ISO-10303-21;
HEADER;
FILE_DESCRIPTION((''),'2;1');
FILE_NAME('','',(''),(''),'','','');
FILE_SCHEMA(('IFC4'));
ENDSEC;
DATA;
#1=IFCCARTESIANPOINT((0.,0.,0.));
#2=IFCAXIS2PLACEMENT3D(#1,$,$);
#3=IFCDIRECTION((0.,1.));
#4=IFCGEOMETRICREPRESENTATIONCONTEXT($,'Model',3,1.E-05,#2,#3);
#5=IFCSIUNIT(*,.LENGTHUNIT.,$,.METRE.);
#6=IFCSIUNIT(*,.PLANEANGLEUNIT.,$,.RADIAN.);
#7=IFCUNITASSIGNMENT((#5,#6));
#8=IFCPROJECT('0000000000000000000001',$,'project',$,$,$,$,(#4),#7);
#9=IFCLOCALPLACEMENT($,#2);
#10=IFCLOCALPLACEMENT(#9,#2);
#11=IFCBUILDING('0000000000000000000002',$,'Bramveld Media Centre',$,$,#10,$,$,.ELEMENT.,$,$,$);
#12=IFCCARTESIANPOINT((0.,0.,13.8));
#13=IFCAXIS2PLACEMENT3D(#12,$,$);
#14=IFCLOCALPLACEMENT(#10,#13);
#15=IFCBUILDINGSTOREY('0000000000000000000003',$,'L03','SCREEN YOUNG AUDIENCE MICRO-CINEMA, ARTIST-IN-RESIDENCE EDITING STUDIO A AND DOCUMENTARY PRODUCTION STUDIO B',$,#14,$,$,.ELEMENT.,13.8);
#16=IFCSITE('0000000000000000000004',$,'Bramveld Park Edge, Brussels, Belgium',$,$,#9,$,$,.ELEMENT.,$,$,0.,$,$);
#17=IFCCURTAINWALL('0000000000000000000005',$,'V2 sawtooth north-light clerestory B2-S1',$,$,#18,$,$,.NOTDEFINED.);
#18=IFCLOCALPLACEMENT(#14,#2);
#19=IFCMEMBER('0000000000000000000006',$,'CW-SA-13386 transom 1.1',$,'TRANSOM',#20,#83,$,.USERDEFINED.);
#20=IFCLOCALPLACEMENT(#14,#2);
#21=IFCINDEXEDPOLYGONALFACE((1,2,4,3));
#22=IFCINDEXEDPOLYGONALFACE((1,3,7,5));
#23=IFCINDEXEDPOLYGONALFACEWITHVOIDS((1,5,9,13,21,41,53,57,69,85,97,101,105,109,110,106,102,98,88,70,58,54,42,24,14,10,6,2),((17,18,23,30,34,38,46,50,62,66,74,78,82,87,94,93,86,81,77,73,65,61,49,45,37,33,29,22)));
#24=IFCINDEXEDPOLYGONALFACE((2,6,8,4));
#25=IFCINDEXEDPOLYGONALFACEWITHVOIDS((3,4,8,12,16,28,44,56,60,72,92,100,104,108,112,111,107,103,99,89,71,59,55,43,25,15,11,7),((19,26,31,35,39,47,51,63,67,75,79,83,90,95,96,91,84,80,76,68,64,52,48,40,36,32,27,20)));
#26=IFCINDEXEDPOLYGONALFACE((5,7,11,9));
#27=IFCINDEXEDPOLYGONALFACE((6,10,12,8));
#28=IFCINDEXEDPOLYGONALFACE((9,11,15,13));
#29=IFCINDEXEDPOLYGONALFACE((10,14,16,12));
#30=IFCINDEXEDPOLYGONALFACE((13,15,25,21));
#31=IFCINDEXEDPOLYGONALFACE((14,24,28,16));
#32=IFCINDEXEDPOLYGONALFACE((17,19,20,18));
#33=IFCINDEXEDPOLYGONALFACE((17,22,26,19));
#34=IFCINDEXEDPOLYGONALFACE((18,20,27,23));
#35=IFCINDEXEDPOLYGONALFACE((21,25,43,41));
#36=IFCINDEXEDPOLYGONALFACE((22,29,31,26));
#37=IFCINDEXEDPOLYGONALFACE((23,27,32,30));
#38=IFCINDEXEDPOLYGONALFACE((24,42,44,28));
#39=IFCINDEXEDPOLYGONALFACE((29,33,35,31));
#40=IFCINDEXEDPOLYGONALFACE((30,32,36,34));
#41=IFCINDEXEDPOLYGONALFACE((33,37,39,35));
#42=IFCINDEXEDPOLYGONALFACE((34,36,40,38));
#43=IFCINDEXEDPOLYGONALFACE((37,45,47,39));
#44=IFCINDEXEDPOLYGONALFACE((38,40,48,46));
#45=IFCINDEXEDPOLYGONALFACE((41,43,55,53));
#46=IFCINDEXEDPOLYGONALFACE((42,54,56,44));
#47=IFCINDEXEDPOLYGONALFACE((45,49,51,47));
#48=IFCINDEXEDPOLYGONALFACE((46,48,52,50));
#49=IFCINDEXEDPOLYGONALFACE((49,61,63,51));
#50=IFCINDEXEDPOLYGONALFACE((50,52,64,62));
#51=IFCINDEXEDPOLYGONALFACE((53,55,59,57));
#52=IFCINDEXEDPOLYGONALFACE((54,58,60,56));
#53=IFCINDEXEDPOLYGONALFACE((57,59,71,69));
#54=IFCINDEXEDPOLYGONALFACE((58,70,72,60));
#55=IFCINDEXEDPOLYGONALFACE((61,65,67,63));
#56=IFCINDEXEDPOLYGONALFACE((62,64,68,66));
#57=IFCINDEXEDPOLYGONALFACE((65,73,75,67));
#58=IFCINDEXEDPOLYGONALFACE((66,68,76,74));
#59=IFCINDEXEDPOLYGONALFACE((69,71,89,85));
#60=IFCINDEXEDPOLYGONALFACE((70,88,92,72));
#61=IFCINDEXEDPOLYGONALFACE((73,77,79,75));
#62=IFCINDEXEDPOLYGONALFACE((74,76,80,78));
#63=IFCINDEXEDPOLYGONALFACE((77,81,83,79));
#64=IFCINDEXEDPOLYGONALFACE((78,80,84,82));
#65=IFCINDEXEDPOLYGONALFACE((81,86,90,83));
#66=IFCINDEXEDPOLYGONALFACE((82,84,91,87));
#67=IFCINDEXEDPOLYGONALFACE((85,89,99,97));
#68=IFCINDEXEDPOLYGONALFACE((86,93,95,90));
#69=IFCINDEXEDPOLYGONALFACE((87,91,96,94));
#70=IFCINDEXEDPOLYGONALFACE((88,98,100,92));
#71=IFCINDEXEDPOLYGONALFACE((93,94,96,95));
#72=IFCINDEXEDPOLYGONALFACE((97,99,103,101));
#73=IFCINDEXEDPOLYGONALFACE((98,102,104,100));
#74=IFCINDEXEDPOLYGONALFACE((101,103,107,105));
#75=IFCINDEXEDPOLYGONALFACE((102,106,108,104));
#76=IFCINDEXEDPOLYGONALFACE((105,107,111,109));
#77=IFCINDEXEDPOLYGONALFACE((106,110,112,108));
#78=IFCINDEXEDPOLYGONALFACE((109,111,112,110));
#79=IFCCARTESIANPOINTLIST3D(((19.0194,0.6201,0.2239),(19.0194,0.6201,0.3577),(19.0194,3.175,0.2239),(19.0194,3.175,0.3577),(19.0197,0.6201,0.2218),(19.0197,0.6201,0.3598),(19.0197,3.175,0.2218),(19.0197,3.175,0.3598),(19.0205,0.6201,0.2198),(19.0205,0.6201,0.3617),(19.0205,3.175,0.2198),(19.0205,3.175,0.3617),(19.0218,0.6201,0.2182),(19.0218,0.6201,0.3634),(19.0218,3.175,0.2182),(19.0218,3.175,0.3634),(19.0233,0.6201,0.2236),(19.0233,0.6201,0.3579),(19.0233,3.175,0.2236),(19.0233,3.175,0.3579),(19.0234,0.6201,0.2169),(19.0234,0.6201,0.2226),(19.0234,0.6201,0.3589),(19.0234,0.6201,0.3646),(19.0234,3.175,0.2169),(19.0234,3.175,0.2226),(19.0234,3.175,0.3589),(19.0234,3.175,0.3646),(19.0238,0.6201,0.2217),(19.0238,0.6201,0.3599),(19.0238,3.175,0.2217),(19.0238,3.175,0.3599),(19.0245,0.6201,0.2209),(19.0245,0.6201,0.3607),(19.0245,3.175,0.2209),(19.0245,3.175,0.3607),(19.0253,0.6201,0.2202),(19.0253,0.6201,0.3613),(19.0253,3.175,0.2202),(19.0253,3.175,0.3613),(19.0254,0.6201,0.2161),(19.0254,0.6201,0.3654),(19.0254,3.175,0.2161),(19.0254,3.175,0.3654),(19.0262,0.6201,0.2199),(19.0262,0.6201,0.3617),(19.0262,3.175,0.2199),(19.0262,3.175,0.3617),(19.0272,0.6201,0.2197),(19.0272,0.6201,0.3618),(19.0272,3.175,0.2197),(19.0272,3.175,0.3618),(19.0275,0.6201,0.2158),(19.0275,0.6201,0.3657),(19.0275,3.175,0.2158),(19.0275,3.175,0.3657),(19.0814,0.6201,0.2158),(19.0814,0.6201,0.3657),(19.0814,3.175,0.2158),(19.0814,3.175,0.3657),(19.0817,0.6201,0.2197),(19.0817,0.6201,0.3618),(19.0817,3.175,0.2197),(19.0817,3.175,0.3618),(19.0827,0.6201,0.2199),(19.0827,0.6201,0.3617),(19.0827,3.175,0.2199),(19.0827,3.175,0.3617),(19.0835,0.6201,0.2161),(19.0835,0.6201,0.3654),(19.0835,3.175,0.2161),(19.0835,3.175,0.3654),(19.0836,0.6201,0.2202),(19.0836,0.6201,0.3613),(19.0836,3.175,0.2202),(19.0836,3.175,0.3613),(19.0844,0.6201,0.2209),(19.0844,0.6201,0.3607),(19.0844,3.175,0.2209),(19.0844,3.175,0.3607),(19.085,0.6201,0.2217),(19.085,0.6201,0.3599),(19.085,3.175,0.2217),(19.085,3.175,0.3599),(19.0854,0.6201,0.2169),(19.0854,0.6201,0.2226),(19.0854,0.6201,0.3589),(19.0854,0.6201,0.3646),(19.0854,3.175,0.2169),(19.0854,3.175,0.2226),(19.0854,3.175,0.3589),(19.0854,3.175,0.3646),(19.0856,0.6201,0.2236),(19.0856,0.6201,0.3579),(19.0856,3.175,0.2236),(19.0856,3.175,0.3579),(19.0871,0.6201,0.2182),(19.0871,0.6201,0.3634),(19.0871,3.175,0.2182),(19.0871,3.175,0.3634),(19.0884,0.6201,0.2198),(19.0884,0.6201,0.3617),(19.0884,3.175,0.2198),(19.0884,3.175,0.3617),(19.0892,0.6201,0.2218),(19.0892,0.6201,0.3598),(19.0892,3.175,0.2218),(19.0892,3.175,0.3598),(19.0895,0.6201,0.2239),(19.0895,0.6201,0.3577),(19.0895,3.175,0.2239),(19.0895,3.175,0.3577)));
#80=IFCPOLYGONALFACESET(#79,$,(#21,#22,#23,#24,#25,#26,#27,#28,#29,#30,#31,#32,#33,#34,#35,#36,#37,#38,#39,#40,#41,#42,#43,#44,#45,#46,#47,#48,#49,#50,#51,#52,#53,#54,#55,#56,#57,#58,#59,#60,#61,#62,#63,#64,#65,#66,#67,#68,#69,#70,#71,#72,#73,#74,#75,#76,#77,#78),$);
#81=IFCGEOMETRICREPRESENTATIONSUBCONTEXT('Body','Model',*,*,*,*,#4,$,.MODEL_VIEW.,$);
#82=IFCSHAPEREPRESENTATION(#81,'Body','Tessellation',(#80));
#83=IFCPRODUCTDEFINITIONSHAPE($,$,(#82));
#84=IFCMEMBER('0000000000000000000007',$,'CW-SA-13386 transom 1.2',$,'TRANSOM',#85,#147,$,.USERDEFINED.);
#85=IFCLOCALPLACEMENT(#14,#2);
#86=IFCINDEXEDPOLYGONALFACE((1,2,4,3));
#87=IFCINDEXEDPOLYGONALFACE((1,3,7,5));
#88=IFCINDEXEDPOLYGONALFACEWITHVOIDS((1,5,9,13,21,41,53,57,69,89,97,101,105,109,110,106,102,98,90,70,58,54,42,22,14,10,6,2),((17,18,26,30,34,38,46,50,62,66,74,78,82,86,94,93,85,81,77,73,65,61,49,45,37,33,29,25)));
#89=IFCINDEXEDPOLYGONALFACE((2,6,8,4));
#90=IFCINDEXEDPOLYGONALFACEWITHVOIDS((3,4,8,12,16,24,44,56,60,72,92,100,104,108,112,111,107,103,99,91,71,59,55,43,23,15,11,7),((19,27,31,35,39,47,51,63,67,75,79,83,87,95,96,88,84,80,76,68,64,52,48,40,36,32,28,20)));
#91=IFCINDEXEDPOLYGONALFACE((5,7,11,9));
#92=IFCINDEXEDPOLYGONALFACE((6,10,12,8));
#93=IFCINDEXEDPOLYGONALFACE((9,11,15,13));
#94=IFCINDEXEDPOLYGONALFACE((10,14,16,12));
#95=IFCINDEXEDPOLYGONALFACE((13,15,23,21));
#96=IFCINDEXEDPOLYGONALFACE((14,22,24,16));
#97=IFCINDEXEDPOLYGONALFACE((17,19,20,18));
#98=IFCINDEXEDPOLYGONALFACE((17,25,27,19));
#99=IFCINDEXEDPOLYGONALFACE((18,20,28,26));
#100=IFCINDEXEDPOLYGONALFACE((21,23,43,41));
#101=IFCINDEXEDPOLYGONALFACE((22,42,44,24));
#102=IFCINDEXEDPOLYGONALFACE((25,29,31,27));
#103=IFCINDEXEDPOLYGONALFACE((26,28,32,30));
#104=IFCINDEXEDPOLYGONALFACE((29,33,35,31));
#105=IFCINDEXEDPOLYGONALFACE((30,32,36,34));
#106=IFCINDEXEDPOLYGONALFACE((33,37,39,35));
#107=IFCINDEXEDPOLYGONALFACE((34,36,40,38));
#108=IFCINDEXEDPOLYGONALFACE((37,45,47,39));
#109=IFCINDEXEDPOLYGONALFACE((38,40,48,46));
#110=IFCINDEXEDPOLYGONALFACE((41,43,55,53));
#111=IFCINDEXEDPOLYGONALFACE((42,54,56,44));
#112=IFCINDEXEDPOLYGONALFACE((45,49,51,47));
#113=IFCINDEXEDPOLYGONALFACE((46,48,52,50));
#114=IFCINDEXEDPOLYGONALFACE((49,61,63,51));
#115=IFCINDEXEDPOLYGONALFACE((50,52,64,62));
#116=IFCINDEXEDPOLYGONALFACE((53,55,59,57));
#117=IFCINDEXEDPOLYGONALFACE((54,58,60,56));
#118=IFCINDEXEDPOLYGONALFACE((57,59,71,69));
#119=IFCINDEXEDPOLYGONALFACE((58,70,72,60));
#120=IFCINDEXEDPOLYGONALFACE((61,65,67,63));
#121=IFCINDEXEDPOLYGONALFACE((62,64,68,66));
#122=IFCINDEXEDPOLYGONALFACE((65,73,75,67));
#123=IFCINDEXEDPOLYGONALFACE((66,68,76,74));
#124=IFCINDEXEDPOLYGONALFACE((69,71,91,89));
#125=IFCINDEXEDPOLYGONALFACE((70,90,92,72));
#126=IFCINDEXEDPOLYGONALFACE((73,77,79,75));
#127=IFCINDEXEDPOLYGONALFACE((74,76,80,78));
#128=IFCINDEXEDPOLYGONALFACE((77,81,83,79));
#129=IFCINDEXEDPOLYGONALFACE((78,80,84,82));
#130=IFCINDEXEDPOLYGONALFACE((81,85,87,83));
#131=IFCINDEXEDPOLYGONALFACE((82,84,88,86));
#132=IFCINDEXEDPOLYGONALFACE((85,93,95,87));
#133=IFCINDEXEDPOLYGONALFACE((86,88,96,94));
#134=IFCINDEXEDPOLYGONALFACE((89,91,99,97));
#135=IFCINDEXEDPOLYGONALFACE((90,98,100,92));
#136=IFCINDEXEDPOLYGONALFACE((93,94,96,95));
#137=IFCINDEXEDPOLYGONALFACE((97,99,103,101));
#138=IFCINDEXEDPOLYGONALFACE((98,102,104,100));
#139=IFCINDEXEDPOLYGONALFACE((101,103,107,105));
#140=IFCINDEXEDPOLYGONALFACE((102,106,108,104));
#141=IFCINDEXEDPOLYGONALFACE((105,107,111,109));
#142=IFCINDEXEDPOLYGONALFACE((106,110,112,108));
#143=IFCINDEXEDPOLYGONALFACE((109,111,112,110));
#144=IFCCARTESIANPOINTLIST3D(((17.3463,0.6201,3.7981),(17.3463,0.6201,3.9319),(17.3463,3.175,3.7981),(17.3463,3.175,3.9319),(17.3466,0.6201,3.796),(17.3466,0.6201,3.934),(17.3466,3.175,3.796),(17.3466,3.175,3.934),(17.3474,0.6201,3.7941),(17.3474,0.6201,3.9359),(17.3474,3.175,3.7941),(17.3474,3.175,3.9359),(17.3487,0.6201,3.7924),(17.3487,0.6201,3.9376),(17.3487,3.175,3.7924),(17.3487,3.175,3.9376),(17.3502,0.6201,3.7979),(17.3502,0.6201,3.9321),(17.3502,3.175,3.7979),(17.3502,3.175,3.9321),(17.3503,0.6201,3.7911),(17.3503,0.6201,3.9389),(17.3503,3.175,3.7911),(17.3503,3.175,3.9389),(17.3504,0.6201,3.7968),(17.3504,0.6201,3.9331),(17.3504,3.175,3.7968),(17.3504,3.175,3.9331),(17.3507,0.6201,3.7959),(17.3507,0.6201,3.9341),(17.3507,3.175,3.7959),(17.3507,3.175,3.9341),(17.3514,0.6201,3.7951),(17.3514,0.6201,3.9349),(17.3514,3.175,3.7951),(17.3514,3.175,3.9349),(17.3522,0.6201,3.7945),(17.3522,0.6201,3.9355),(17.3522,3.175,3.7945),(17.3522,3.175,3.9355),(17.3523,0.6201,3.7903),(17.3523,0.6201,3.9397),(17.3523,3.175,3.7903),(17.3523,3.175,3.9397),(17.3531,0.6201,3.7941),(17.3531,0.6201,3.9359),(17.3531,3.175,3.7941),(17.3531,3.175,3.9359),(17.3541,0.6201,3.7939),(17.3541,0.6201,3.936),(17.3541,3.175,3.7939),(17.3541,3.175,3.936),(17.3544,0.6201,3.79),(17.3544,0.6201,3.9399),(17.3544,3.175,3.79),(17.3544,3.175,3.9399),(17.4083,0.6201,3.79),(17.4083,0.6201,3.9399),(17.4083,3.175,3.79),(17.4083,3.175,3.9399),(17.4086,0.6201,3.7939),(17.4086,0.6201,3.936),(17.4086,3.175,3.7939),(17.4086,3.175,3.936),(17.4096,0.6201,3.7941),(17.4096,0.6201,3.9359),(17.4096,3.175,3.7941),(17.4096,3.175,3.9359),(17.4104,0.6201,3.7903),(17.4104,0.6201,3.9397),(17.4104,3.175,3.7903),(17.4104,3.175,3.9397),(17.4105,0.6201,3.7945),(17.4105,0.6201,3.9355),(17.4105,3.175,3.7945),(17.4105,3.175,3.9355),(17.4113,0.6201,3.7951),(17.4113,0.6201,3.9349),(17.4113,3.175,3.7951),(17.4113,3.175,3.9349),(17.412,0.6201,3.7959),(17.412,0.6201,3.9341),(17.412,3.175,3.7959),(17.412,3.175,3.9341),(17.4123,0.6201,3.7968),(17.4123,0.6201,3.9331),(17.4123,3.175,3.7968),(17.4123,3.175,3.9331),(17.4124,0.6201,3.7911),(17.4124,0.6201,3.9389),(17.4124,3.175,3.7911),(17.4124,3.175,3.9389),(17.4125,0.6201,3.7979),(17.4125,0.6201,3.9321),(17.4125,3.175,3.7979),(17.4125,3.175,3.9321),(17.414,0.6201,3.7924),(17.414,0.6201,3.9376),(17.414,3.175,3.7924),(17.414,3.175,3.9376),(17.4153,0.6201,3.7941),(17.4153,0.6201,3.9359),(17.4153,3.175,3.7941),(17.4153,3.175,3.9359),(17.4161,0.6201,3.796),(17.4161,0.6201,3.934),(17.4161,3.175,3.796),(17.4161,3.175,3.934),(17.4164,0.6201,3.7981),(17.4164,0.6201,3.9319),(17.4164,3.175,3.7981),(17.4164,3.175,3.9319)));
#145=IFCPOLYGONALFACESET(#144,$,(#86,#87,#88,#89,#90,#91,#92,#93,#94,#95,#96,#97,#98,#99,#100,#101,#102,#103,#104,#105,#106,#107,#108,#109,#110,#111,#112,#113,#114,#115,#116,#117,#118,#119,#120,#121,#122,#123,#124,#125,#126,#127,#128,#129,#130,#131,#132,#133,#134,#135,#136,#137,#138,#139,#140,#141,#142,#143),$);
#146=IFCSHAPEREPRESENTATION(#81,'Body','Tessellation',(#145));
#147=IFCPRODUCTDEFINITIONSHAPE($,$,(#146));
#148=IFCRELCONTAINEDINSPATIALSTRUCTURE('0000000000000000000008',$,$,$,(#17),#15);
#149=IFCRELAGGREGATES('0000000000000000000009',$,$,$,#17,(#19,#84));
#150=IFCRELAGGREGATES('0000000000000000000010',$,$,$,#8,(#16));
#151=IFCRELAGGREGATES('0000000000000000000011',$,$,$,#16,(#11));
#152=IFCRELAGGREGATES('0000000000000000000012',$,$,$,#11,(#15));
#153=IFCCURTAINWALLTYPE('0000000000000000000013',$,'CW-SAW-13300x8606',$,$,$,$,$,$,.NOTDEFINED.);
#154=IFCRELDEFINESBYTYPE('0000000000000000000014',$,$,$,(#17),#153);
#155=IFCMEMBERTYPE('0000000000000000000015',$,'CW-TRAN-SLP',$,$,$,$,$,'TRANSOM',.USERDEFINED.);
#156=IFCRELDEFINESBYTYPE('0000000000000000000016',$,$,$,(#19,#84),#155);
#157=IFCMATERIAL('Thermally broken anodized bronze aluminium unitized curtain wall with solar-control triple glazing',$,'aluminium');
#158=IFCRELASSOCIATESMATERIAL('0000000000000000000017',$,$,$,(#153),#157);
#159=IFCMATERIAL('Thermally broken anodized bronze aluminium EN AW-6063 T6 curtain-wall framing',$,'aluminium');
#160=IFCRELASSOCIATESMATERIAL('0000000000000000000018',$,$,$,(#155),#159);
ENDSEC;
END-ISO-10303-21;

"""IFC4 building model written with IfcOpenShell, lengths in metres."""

from ifc_helpers import new_model, si_unit, direction, frame, origin, origin_2d, place, context, subcontext, project, spatial, hollow_rectangle, extrude, material, material_profile, profile_set, type_object, element, aggregate, save


model = new_model("IFC4")

# Units and contexts
model_context = context("Model", 3, precision=1e-05, world=origin(), true_north=direction((0.0, 1.0)))
body_context = subcontext(model_context, "Body", "Model", "MODEL_VIEW")
ifc_project = project(units=[si_unit("LENGTHUNIT", "METRE"), si_unit("PLANEANGLEUNIT", "RADIAN")], contexts=[model_context])

# Site, building, storey
site_placement = place(None, origin())
site = spatial("IfcSite", under=ifc_project, at=site_placement, Name="Bramveld Park Edge, Brussels, Belgium", CompositionType="ELEMENT", RefElevation=0.0)
building_placement = place(site_placement, origin())
building = spatial("IfcBuilding", under=site, at=building_placement, Name="Bramveld Media Centre", CompositionType="ELEMENT")
storey_placement = place(building_placement, frame((0.0, 0.0, 13.8)))
storey = spatial("IfcBuildingStorey", under=building, at=storey_placement, Name="L03", Description="SCREEN YOUNG AUDIENCE MICRO-CINEMA, ARTIST-IN-RESIDENCE EDITING STUDIO A AND DOCUMENTARY PRODUCTION STUDIO B", CompositionType="ELEMENT", Elevation=13.8)

# Curtain wall, members
ifc_material_1 = material(Name="Thermally broken anodized bronze aluminium unitized curtain wall with solar-control triple glazing", Category="aluminium")
curtain_wall_type = type_object("IfcCurtainWallType", Name="CW-SAW-13300x8606", PredefinedType="NOTDEFINED", material=ifc_material_1)
curtain_wall_placement = place(storey_placement, origin())
curtain_wall = element("IfcCurtainWall", 1, at=curtain_wall_placement, inside=storey, type_object=curtain_wall_type, Name="V2 sawtooth north-light clerestory B2-S1", PredefinedType="NOTDEFINED")
ifc_material_2 = material(Name="Thermally broken anodized bronze aluminium EN AW-6063 T6 curtain-wall framing", Category="aluminium")
ifc_material_profile_1 = material_profile(ifc_material_2, hollow_rectangle(XDim=0.0701, YDim=0.1499, WallThickness=0.0039, InnerFilletRadius=0.0039, OuterFilletRadius=0.0081, at=origin_2d()), Name="AL-TRAN 70x150")
ifc_profile_set_1 = profile_set([ifc_material_profile_1], Name="Thermally broken anodized bronze aluminium EN AW-6063 T6 curtain-wall framing")
member_type_1 = type_object("IfcMemberType", Name="CW-TRAN-SLP", ElementType="TRANSOM", PredefinedType="USERDEFINED", material=ifc_profile_set_1)
member_1_placement = place(storey_placement, frame((19.0544, 0.6201, 0.2908), z_axis=(0.0, 1.0, 0.0), x_axis=(-1.0, 0.0, 0.0)))
member_1 = element("IfcMember", 2, at=member_1_placement, type_object=member_type_1, Name="CW-SA-13386 transom 1.1", ObjectType="TRANSOM", PredefinedType="USERDEFINED", context=body_context, shape_type="SweptSolid", body=[
    extrude(hollow_rectangle(XDim=0.0701, YDim=0.1499, WallThickness=0.0039, InnerFilletRadius=0.0039, OuterFilletRadius=0.0081, at=origin_2d()), origin(), (0.0, 0.0, 1.0), 2.5549),
])
member_2_placement = place(storey_placement, frame((17.3813, 0.6201, 3.865), z_axis=(0.0, 1.0, 0.0), x_axis=(-1.0, 0.0, 0.0)))
member_2 = element("IfcMember", 3, at=member_2_placement, type_object=member_type_1, Name="CW-SA-13386 transom 1.2", ObjectType="TRANSOM", PredefinedType="USERDEFINED", context=body_context, shape_type="SweptSolid", body=[
    extrude(hollow_rectangle(XDim=0.0701, YDim=0.1499, WallThickness=0.0039, InnerFilletRadius=0.0039, OuterFilletRadius=0.0081, at=origin_2d()), origin(), (0.0, 0.0, 1.0), 2.5549),
])

aggregate(curtain_wall, [member_1, member_2])

save(model, "model.ifc")
